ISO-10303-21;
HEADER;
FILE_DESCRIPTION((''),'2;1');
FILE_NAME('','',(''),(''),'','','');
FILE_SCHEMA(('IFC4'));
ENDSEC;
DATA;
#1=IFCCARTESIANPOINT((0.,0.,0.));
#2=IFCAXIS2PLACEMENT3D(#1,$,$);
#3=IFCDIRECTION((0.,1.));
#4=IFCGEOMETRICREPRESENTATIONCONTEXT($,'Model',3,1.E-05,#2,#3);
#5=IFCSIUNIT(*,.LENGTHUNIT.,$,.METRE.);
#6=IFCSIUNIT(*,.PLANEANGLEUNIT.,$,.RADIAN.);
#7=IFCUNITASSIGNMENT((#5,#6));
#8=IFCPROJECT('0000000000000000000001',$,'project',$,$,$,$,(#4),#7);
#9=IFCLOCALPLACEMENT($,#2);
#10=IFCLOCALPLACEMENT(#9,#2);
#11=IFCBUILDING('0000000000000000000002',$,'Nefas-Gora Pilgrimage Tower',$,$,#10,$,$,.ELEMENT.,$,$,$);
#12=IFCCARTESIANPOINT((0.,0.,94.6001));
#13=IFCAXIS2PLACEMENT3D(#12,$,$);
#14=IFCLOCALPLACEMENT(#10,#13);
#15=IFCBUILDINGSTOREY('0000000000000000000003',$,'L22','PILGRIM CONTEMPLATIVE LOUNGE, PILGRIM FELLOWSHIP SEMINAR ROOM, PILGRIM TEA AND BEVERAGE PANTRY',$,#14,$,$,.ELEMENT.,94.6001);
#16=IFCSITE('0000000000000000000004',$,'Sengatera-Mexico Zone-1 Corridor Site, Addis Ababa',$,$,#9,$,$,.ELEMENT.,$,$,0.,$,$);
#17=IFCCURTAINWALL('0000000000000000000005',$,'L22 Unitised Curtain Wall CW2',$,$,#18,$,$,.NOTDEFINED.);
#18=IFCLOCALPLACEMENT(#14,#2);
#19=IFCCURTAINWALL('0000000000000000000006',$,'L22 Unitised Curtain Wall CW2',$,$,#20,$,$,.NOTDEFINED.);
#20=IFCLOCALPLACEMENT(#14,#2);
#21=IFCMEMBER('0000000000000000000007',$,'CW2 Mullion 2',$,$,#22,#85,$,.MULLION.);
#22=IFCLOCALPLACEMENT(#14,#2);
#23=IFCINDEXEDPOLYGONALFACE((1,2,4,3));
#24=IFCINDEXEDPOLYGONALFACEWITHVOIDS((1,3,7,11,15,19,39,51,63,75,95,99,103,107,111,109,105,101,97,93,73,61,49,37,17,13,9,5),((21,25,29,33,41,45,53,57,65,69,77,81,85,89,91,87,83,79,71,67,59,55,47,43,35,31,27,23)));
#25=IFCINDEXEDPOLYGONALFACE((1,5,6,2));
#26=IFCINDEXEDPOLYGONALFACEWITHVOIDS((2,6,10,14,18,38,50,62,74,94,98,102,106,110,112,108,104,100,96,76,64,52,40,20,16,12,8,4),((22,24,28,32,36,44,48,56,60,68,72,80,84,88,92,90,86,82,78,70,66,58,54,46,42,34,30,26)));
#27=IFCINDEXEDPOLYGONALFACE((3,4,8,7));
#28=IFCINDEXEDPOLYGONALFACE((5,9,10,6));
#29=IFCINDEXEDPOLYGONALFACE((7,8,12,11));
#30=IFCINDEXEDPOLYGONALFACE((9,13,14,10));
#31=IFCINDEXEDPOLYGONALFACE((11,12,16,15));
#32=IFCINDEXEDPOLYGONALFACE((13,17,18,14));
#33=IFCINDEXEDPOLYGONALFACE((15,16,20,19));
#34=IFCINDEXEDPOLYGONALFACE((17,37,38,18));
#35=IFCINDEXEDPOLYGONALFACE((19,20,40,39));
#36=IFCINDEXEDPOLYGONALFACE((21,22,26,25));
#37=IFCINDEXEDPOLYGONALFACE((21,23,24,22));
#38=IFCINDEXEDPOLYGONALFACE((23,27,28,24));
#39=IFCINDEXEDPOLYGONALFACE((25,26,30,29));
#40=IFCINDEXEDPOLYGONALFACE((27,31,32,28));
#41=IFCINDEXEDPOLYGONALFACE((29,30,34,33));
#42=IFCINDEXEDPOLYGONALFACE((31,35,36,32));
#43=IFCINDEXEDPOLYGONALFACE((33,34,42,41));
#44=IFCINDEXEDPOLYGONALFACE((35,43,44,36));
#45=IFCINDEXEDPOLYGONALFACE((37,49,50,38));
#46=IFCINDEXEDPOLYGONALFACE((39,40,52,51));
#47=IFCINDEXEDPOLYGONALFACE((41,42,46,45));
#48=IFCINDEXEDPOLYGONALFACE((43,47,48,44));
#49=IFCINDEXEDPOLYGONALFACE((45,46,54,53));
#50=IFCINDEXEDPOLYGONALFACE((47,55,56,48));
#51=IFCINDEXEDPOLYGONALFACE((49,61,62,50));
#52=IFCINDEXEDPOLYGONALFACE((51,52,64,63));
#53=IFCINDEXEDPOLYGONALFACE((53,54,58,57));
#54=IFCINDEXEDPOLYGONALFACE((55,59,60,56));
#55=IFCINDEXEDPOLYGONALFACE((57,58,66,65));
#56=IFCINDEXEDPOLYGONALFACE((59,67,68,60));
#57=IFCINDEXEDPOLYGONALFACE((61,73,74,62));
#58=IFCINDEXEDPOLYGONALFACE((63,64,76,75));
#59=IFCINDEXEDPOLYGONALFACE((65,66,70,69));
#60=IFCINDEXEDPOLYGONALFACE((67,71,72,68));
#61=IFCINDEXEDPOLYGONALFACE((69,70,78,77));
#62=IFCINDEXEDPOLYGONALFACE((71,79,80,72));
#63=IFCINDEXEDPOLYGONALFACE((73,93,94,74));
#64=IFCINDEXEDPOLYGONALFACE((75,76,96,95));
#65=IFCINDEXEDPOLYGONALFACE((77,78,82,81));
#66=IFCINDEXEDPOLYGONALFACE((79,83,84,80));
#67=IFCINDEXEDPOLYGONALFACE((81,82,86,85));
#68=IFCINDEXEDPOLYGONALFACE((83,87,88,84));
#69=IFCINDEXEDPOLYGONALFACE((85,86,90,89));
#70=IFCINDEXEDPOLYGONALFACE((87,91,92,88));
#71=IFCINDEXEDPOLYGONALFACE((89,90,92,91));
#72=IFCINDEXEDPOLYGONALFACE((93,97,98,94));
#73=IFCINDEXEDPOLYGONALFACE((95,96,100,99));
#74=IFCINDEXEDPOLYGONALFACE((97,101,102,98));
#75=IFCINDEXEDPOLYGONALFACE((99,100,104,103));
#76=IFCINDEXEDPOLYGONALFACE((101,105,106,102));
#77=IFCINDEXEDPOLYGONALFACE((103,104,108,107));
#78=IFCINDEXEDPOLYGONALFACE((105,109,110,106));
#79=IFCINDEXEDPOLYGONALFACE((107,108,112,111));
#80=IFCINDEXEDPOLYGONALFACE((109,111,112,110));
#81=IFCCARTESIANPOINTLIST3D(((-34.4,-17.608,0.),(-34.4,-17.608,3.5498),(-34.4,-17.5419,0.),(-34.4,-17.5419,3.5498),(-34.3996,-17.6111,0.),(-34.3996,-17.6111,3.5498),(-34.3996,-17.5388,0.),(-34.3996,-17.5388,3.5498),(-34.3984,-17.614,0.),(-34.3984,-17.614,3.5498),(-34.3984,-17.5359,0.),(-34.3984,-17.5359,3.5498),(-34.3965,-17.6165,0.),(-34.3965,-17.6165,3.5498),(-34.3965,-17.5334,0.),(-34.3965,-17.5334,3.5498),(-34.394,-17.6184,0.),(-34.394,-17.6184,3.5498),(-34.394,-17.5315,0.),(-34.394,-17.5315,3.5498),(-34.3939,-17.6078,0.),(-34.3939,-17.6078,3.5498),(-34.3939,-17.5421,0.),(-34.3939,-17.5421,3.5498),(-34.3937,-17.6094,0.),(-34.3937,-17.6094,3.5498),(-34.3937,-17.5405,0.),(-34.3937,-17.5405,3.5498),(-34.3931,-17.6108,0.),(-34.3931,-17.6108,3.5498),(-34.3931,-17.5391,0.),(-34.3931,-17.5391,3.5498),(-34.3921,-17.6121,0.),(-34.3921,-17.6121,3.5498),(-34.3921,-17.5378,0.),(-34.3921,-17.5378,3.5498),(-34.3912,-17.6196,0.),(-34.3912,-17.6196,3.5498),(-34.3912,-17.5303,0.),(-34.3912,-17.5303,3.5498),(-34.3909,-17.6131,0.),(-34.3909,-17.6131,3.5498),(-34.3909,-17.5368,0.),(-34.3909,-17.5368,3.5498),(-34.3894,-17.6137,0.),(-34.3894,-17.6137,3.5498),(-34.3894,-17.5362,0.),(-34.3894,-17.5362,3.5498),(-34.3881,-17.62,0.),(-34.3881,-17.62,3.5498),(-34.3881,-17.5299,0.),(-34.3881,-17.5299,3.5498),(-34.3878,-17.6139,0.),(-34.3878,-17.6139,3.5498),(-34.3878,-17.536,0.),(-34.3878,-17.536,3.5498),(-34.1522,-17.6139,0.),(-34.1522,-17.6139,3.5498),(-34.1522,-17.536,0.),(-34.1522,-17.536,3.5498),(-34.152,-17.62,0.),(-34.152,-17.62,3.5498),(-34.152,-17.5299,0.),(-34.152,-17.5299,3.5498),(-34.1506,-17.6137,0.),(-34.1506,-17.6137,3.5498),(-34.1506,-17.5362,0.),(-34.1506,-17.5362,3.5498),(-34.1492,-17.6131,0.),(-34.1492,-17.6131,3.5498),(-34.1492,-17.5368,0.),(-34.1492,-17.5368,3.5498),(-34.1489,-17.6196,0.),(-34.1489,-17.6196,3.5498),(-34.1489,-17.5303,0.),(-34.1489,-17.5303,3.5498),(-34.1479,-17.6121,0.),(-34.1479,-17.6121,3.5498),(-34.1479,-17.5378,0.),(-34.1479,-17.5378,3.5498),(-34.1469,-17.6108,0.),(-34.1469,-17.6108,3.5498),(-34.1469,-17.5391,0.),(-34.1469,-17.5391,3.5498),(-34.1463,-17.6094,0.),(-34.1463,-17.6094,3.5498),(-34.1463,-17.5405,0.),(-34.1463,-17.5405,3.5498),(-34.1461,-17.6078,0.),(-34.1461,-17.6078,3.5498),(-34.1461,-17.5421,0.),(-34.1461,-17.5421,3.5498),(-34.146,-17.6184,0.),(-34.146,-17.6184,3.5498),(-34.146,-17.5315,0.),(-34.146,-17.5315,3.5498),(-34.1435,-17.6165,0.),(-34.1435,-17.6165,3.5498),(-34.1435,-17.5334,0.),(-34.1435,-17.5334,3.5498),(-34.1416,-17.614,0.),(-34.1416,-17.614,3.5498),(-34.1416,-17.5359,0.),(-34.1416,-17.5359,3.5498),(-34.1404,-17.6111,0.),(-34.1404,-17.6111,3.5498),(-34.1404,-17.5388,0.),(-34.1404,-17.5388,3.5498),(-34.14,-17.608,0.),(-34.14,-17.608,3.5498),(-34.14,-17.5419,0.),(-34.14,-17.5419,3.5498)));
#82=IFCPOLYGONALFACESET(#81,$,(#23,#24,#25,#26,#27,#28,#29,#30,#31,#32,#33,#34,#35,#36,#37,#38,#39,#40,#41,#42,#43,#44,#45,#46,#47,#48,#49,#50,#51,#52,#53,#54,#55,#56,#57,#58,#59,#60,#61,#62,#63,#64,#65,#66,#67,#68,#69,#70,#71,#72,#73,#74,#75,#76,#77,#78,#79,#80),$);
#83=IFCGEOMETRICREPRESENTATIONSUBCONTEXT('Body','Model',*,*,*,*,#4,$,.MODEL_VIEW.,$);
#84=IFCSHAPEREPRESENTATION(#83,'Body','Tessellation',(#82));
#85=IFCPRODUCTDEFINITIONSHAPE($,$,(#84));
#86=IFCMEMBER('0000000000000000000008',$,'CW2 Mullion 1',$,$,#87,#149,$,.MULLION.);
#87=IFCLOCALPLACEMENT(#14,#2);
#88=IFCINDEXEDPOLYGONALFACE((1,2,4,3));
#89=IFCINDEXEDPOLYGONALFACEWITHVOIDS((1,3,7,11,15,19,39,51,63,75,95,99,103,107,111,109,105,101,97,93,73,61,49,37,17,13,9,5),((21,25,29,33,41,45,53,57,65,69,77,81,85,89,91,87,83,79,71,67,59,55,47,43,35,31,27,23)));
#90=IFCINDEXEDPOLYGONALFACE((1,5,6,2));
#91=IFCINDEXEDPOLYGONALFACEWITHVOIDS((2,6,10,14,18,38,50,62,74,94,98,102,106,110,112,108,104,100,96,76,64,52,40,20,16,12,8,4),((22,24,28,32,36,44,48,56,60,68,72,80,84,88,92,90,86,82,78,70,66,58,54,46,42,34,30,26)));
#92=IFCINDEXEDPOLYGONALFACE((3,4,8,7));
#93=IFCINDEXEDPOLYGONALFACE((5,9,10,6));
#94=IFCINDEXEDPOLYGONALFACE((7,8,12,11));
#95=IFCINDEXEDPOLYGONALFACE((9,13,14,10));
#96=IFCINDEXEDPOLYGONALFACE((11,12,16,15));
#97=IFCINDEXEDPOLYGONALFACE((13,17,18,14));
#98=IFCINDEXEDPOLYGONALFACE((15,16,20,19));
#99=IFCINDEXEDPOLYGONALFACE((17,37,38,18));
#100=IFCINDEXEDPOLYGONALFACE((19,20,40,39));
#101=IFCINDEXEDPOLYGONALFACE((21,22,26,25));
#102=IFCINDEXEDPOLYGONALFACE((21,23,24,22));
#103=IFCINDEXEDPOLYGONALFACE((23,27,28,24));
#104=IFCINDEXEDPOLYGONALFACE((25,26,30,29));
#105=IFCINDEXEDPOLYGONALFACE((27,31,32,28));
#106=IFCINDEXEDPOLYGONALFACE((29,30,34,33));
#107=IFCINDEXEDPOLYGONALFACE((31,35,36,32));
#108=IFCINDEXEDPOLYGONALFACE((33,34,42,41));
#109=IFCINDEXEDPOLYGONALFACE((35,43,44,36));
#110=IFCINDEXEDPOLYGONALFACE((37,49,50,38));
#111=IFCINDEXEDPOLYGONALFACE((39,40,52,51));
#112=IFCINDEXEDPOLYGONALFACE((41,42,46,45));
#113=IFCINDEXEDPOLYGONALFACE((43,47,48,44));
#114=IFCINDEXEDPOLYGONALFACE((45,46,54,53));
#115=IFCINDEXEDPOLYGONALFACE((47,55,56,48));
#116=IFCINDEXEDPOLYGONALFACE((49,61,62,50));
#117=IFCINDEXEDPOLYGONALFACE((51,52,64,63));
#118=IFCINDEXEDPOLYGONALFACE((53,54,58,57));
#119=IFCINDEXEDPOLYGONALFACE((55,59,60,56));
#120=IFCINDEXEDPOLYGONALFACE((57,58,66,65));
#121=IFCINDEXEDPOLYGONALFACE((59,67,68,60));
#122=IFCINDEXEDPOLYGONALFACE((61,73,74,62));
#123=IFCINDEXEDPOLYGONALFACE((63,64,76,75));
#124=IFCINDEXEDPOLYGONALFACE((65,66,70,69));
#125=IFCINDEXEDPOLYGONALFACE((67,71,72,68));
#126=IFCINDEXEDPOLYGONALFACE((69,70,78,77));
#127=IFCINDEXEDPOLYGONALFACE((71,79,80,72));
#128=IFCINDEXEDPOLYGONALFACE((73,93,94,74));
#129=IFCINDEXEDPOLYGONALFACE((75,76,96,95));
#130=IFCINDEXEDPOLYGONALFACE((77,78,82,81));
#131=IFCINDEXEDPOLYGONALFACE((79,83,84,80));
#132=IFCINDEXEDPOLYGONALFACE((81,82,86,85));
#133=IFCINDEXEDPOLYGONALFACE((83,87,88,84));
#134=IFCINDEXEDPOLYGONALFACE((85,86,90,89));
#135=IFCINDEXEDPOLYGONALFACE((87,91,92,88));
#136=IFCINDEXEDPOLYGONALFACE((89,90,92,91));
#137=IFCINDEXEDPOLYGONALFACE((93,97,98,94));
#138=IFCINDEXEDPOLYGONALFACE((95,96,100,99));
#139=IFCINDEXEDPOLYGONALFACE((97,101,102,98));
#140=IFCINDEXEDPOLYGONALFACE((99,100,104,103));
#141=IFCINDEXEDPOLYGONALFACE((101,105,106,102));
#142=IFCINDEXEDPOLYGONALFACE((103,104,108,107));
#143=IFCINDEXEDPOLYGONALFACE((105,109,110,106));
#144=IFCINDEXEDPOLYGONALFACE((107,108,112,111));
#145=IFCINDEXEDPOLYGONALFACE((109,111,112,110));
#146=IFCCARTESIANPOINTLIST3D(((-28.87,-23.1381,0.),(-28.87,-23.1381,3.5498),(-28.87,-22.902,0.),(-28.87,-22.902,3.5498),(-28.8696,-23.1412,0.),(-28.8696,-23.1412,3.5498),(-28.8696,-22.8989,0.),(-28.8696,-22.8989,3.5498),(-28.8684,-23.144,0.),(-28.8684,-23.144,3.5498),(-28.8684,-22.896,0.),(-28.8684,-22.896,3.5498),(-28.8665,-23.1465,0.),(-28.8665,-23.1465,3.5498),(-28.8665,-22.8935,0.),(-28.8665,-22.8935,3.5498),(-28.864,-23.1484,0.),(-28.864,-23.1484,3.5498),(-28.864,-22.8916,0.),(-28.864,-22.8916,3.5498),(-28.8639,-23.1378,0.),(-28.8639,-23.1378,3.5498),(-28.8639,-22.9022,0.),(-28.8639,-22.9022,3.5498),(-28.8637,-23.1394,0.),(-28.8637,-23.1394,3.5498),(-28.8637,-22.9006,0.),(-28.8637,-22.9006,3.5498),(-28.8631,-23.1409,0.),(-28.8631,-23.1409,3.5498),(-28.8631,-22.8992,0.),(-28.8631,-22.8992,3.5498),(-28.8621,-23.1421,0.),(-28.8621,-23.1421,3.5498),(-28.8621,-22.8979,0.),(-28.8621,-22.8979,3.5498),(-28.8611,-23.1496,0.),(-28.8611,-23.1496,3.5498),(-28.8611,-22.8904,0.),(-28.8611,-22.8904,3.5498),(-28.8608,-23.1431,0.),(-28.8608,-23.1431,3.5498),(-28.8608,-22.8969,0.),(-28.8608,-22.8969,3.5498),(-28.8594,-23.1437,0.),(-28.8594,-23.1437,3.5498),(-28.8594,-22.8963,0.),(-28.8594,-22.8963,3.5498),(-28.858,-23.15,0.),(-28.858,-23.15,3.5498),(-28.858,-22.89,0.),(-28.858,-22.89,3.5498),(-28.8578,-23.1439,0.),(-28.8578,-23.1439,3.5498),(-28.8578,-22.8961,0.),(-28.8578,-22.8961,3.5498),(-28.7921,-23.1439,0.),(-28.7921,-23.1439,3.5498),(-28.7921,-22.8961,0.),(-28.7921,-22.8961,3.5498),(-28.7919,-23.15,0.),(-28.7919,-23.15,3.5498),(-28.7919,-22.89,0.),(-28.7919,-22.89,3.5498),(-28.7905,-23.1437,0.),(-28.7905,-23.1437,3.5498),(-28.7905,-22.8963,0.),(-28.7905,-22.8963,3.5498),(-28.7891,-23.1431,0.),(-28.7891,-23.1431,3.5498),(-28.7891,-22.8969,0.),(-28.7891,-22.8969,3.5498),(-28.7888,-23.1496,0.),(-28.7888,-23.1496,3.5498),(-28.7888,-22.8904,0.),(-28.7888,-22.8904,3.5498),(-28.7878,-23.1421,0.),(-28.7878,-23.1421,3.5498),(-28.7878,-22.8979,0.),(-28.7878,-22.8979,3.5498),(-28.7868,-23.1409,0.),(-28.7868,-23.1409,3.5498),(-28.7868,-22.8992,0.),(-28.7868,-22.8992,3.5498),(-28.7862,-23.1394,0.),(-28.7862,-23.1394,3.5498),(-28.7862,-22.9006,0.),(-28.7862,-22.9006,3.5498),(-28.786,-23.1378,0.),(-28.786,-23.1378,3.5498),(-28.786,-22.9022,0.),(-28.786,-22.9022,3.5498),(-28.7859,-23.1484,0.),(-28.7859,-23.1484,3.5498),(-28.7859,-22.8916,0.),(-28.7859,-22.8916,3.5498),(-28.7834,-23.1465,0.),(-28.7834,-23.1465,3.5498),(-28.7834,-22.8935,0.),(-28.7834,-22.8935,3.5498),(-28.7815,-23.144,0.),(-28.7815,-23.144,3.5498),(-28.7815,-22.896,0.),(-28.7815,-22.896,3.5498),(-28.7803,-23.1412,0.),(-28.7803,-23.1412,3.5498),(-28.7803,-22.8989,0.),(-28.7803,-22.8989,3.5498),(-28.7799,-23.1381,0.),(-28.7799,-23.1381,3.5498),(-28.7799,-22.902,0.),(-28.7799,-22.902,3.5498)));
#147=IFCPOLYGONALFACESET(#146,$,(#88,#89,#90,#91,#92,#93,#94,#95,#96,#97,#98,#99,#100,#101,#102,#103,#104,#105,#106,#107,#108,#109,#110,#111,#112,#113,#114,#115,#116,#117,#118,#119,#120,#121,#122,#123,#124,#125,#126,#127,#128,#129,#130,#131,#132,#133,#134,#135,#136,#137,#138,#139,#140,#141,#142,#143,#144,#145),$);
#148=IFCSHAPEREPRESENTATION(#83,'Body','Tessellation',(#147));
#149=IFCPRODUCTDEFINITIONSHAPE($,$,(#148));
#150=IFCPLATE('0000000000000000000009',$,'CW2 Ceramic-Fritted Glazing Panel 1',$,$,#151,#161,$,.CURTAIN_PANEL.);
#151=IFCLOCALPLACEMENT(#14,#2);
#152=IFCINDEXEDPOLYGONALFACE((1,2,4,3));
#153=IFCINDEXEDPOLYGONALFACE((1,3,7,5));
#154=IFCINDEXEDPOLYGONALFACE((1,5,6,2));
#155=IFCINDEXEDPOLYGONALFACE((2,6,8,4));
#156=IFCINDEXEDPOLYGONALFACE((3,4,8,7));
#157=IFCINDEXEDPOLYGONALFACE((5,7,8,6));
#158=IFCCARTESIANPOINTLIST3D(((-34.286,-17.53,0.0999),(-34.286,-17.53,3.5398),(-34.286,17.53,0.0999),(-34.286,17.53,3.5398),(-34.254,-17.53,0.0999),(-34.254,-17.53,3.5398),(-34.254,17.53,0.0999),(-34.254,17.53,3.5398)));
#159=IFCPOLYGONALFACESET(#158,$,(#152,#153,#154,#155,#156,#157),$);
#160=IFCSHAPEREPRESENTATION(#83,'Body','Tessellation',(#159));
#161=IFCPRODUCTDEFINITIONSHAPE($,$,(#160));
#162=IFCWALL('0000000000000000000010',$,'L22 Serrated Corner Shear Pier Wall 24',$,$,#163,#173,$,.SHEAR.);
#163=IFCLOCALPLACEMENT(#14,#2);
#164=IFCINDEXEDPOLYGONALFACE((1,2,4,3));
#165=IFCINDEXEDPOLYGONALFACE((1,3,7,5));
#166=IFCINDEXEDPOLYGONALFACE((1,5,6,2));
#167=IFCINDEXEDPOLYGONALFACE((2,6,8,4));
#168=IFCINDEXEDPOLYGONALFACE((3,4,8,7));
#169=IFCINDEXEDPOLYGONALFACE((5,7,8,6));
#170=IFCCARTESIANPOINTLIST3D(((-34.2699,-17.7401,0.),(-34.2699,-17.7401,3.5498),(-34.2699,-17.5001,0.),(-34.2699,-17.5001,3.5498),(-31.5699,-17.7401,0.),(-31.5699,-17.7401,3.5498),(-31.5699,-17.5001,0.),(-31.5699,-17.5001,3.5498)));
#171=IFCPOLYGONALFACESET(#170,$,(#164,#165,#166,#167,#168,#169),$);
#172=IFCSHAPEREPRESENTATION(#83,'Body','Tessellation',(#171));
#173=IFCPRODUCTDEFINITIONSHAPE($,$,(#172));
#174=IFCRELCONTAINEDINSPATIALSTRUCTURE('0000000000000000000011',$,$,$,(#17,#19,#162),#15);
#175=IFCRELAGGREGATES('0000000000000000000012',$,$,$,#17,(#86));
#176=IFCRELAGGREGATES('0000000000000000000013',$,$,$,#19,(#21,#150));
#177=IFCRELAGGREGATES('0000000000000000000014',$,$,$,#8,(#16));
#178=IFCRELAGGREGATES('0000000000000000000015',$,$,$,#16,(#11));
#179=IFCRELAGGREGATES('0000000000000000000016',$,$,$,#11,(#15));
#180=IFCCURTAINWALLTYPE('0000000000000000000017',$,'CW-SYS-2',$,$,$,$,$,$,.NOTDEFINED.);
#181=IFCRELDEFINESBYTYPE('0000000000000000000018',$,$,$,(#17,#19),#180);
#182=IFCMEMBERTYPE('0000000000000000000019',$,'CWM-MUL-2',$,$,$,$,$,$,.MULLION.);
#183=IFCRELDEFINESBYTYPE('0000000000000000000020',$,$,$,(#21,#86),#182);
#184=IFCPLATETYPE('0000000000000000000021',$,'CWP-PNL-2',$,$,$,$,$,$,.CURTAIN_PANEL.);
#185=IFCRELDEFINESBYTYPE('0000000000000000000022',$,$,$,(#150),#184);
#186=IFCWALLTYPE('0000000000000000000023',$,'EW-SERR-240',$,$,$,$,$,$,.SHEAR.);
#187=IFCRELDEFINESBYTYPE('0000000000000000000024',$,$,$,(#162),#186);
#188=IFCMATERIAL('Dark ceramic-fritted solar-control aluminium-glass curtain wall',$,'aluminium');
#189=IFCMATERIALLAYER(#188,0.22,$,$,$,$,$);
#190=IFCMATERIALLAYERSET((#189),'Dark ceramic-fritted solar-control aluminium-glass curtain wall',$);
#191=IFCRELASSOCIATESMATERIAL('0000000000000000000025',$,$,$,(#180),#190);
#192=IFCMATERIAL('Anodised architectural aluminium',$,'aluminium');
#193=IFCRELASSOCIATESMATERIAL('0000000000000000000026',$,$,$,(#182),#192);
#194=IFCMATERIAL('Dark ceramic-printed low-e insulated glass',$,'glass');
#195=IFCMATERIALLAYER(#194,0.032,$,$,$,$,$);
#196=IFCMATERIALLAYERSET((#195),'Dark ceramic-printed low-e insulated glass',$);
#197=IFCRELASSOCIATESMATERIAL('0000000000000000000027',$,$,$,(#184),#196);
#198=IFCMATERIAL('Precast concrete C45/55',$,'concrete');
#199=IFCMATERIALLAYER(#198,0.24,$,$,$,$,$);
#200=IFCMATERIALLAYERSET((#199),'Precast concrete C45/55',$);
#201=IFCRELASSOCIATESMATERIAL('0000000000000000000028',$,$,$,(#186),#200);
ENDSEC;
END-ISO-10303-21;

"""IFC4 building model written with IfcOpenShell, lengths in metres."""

from ifc_helpers import new_model, si_unit, direction, frame, frame_2d, origin, origin_2d, place, context, subcontext, project, spatial, rectangle, hollow_rectangle, extrude, source, transform, mapped, material, layer, layer_set, material_profile, profile_set, type_object, element, aggregate, save


model = new_model("IFC4")

# Units and contexts
model_context = context("Model", 3, precision=1e-05, world=origin(), true_north=direction((0.0, 1.0)))
body_context = subcontext(model_context, "Body", "Model", "MODEL_VIEW")
ifc_project = project(units=[si_unit("LENGTHUNIT", "METRE"), si_unit("PLANEANGLEUNIT", "RADIAN")], contexts=[model_context])

# Site, building, storey
site_placement = place(None, origin())
site = spatial("IfcSite", under=ifc_project, at=site_placement, Name="Sengatera-Mexico Zone-1 Corridor Site, Addis Ababa", CompositionType="ELEMENT", RefElevation=0.0)
building_placement = place(site_placement, origin())
building = spatial("IfcBuilding", under=site, at=building_placement, Name="Nefas-Gora Pilgrimage Tower", CompositionType="ELEMENT")
storey_placement = place(building_placement, frame((0.0, 0.0, 94.6001)))
storey = spatial("IfcBuildingStorey", under=building, at=storey_placement, Name="L22", Description="PILGRIM CONTEMPLATIVE LOUNGE, PILGRIM FELLOWSHIP SEMINAR ROOM, PILGRIM TEA AND BEVERAGE PANTRY", CompositionType="ELEMENT", Elevation=94.6001)

# Curtain walls, member
ifc_material_1 = material(Name="Dark ceramic-fritted solar-control aluminium-glass curtain wall", Category="aluminium")
ifc_layer_1 = layer(ifc_material_1, 0.22)
ifc_layer_set_1 = layer_set([ifc_layer_1], Name="Dark ceramic-fritted solar-control aluminium-glass curtain wall")
curtain_wall_type = type_object("IfcCurtainWallType", Name="CW-SYS-2", PredefinedType="NOTDEFINED", material=ifc_layer_set_1)
curtain_wall_1_placement = place(storey_placement, origin())
curtain_wall_1 = element("IfcCurtainWall", 1, at=curtain_wall_1_placement, inside=storey, type_object=curtain_wall_type, Name="L22 Unitised Curtain Wall CW2", PredefinedType="NOTDEFINED")
ifc_material_2 = material(Name="Anodised architectural aluminium", Category="aluminium")
curtain_wall_2_placement = place(storey_placement, origin())
curtain_wall_2 = element("IfcCurtainWall", 2, at=curtain_wall_2_placement, inside=storey, type_object=curtain_wall_type, Name="L22 Unitised Curtain Wall CW2", PredefinedType="NOTDEFINED")
ifc_material_profile_1 = material_profile(ifc_material_2, hollow_rectangle(XDim=0.0901, YDim=0.26, WallThickness=0.0061, InnerFilletRadius=0.0061, OuterFilletRadius=0.012, at=origin_2d()), Name="ALU MULLION 90x260")
ifc_profile_set_1 = profile_set([ifc_material_profile_1], Name="Anodised architectural aluminium")
member_type_1 = type_object("IfcMemberType", Name="CWM-MUL-2", PredefinedType="MULLION", material=ifc_profile_set_1)
shared_shape_1 = source(origin(), body_context, "Body", "SweptSolid", [
    extrude(hollow_rectangle(XDim=0.0901, YDim=0.26, WallThickness=0.0061, InnerFilletRadius=0.0061, OuterFilletRadius=0.012, at=origin_2d()), origin(), (0.0, 0.0, 1.0), 3.5498),
])
member_1_placement = place(storey_placement, frame((-34.27, -17.575, 0.0), z_axis=(0.0, 0.0, 1.0), x_axis=(0.0, -1.0, 0.0)))
member_1 = element("IfcMember", 3, at=member_1_placement, type_object=member_type_1, Name="CW2 Mullion 2", PredefinedType="MULLION", context=body_context, shape_type="MappedRepresentation", body=[
    mapped(shared_shape_1, transform((0.0, 0.0, 0.0), x_axis=(1.0, 0.0, 0.0), y_axis=(0.0, 1.0, 0.0), z_axis=(0.0, 0.0, 1.0), scale=1.0)),
])

# Member
member_2_placement = place(storey_placement, frame((-28.825, -23.02, 0.0), z_axis=(0.0, 0.0, 1.0), x_axis=(1.0, 0.0, 0.0)))
member_2 = element("IfcMember", 4, at=member_2_placement, type_object=member_type_1, Name="CW2 Mullion 1", PredefinedType="MULLION", context=body_context, shape_type="MappedRepresentation", body=[
    mapped(shared_shape_1, transform((0.0, 0.0, 0.0), x_axis=(1.0, 0.0, 0.0), y_axis=(0.0, 1.0, 0.0), z_axis=(0.0, 0.0, 1.0), scale=1.0)),
])
aggregate(curtain_wall_1, [member_2])

# Plate
ifc_material_3 = material(Name="Dark ceramic-printed low-e insulated glass", Category="glass")
ifc_layer_2 = layer(ifc_material_3, 0.032)
ifc_layer_set_2 = layer_set([ifc_layer_2], Name="Dark ceramic-printed low-e insulated glass")
plate_type = type_object("IfcPlateType", Name="CWP-PNL-2", PredefinedType="CURTAIN_PANEL", material=ifc_layer_set_2)
shared_shape_2 = source(origin(), body_context, "Body", "SweptSolid", [
    extrude(rectangle(XDim=35.0601, YDim=0.032, at=origin_2d()), origin(), (0.0, 0.0, 1.0), 3.4399),
])
plate_placement = place(storey_placement, frame((-34.27, 0.0, 0.0999), z_axis=(0.0, 0.0, 1.0), x_axis=(0.0, -1.0, 0.0)))
plate = element("IfcPlate", 5, at=plate_placement, type_object=plate_type, Name="CW2 Ceramic-Fritted Glazing Panel 1", PredefinedType="CURTAIN_PANEL", context=body_context, shape_type="MappedRepresentation", body=[
    mapped(shared_shape_2, transform((0.0, 0.0, 0.0), x_axis=(1.0, 0.0, 0.0), y_axis=(0.0, 1.0, 0.0), z_axis=(0.0, 0.0, 1.0), scale=1.0)),
])
aggregate(curtain_wall_2, [member_1, plate])

# Wall
ifc_material_4 = material(Name="Precast concrete C45/55", Category="concrete")
ifc_layer_3 = layer(ifc_material_4, 0.24)
ifc_layer_set_3 = layer_set([ifc_layer_3], Name="Precast concrete C45/55")
wall_type_1 = type_object("IfcWallType", Name="EW-SERR-240", PredefinedType="SHEAR", material=ifc_layer_set_3)
shared_shape_3 = source(origin(), body_context, "Body", "SweptSolid", [
    extrude(rectangle(XDim=2.7, YDim=0.24, at=frame_2d((1.3501, 0.0))), origin(), (0.0, 0.0, 1.0), 3.5498),
])
wall_1_placement = place(storey_placement, frame((-34.27, -17.6201, 0.0), z_axis=(0.0, 0.0, 1.0), x_axis=(1.0, 0.0, 0.0)))
element("IfcWall", 6, at=wall_1_placement, inside=storey, type_object=wall_type_1, Name="L22 Serrated Corner Shear Pier Wall 24", PredefinedType="SHEAR", context=body_context, shape_type="MappedRepresentation", body=[
    mapped(shared_shape_3, transform((0.0, 0.0, 0.0), x_axis=(1.0, 0.0, 0.0), y_axis=(0.0, 1.0, 0.0), z_axis=(0.0, 0.0, 1.0), scale=1.0)),
])

save(model, "model.ifc")
